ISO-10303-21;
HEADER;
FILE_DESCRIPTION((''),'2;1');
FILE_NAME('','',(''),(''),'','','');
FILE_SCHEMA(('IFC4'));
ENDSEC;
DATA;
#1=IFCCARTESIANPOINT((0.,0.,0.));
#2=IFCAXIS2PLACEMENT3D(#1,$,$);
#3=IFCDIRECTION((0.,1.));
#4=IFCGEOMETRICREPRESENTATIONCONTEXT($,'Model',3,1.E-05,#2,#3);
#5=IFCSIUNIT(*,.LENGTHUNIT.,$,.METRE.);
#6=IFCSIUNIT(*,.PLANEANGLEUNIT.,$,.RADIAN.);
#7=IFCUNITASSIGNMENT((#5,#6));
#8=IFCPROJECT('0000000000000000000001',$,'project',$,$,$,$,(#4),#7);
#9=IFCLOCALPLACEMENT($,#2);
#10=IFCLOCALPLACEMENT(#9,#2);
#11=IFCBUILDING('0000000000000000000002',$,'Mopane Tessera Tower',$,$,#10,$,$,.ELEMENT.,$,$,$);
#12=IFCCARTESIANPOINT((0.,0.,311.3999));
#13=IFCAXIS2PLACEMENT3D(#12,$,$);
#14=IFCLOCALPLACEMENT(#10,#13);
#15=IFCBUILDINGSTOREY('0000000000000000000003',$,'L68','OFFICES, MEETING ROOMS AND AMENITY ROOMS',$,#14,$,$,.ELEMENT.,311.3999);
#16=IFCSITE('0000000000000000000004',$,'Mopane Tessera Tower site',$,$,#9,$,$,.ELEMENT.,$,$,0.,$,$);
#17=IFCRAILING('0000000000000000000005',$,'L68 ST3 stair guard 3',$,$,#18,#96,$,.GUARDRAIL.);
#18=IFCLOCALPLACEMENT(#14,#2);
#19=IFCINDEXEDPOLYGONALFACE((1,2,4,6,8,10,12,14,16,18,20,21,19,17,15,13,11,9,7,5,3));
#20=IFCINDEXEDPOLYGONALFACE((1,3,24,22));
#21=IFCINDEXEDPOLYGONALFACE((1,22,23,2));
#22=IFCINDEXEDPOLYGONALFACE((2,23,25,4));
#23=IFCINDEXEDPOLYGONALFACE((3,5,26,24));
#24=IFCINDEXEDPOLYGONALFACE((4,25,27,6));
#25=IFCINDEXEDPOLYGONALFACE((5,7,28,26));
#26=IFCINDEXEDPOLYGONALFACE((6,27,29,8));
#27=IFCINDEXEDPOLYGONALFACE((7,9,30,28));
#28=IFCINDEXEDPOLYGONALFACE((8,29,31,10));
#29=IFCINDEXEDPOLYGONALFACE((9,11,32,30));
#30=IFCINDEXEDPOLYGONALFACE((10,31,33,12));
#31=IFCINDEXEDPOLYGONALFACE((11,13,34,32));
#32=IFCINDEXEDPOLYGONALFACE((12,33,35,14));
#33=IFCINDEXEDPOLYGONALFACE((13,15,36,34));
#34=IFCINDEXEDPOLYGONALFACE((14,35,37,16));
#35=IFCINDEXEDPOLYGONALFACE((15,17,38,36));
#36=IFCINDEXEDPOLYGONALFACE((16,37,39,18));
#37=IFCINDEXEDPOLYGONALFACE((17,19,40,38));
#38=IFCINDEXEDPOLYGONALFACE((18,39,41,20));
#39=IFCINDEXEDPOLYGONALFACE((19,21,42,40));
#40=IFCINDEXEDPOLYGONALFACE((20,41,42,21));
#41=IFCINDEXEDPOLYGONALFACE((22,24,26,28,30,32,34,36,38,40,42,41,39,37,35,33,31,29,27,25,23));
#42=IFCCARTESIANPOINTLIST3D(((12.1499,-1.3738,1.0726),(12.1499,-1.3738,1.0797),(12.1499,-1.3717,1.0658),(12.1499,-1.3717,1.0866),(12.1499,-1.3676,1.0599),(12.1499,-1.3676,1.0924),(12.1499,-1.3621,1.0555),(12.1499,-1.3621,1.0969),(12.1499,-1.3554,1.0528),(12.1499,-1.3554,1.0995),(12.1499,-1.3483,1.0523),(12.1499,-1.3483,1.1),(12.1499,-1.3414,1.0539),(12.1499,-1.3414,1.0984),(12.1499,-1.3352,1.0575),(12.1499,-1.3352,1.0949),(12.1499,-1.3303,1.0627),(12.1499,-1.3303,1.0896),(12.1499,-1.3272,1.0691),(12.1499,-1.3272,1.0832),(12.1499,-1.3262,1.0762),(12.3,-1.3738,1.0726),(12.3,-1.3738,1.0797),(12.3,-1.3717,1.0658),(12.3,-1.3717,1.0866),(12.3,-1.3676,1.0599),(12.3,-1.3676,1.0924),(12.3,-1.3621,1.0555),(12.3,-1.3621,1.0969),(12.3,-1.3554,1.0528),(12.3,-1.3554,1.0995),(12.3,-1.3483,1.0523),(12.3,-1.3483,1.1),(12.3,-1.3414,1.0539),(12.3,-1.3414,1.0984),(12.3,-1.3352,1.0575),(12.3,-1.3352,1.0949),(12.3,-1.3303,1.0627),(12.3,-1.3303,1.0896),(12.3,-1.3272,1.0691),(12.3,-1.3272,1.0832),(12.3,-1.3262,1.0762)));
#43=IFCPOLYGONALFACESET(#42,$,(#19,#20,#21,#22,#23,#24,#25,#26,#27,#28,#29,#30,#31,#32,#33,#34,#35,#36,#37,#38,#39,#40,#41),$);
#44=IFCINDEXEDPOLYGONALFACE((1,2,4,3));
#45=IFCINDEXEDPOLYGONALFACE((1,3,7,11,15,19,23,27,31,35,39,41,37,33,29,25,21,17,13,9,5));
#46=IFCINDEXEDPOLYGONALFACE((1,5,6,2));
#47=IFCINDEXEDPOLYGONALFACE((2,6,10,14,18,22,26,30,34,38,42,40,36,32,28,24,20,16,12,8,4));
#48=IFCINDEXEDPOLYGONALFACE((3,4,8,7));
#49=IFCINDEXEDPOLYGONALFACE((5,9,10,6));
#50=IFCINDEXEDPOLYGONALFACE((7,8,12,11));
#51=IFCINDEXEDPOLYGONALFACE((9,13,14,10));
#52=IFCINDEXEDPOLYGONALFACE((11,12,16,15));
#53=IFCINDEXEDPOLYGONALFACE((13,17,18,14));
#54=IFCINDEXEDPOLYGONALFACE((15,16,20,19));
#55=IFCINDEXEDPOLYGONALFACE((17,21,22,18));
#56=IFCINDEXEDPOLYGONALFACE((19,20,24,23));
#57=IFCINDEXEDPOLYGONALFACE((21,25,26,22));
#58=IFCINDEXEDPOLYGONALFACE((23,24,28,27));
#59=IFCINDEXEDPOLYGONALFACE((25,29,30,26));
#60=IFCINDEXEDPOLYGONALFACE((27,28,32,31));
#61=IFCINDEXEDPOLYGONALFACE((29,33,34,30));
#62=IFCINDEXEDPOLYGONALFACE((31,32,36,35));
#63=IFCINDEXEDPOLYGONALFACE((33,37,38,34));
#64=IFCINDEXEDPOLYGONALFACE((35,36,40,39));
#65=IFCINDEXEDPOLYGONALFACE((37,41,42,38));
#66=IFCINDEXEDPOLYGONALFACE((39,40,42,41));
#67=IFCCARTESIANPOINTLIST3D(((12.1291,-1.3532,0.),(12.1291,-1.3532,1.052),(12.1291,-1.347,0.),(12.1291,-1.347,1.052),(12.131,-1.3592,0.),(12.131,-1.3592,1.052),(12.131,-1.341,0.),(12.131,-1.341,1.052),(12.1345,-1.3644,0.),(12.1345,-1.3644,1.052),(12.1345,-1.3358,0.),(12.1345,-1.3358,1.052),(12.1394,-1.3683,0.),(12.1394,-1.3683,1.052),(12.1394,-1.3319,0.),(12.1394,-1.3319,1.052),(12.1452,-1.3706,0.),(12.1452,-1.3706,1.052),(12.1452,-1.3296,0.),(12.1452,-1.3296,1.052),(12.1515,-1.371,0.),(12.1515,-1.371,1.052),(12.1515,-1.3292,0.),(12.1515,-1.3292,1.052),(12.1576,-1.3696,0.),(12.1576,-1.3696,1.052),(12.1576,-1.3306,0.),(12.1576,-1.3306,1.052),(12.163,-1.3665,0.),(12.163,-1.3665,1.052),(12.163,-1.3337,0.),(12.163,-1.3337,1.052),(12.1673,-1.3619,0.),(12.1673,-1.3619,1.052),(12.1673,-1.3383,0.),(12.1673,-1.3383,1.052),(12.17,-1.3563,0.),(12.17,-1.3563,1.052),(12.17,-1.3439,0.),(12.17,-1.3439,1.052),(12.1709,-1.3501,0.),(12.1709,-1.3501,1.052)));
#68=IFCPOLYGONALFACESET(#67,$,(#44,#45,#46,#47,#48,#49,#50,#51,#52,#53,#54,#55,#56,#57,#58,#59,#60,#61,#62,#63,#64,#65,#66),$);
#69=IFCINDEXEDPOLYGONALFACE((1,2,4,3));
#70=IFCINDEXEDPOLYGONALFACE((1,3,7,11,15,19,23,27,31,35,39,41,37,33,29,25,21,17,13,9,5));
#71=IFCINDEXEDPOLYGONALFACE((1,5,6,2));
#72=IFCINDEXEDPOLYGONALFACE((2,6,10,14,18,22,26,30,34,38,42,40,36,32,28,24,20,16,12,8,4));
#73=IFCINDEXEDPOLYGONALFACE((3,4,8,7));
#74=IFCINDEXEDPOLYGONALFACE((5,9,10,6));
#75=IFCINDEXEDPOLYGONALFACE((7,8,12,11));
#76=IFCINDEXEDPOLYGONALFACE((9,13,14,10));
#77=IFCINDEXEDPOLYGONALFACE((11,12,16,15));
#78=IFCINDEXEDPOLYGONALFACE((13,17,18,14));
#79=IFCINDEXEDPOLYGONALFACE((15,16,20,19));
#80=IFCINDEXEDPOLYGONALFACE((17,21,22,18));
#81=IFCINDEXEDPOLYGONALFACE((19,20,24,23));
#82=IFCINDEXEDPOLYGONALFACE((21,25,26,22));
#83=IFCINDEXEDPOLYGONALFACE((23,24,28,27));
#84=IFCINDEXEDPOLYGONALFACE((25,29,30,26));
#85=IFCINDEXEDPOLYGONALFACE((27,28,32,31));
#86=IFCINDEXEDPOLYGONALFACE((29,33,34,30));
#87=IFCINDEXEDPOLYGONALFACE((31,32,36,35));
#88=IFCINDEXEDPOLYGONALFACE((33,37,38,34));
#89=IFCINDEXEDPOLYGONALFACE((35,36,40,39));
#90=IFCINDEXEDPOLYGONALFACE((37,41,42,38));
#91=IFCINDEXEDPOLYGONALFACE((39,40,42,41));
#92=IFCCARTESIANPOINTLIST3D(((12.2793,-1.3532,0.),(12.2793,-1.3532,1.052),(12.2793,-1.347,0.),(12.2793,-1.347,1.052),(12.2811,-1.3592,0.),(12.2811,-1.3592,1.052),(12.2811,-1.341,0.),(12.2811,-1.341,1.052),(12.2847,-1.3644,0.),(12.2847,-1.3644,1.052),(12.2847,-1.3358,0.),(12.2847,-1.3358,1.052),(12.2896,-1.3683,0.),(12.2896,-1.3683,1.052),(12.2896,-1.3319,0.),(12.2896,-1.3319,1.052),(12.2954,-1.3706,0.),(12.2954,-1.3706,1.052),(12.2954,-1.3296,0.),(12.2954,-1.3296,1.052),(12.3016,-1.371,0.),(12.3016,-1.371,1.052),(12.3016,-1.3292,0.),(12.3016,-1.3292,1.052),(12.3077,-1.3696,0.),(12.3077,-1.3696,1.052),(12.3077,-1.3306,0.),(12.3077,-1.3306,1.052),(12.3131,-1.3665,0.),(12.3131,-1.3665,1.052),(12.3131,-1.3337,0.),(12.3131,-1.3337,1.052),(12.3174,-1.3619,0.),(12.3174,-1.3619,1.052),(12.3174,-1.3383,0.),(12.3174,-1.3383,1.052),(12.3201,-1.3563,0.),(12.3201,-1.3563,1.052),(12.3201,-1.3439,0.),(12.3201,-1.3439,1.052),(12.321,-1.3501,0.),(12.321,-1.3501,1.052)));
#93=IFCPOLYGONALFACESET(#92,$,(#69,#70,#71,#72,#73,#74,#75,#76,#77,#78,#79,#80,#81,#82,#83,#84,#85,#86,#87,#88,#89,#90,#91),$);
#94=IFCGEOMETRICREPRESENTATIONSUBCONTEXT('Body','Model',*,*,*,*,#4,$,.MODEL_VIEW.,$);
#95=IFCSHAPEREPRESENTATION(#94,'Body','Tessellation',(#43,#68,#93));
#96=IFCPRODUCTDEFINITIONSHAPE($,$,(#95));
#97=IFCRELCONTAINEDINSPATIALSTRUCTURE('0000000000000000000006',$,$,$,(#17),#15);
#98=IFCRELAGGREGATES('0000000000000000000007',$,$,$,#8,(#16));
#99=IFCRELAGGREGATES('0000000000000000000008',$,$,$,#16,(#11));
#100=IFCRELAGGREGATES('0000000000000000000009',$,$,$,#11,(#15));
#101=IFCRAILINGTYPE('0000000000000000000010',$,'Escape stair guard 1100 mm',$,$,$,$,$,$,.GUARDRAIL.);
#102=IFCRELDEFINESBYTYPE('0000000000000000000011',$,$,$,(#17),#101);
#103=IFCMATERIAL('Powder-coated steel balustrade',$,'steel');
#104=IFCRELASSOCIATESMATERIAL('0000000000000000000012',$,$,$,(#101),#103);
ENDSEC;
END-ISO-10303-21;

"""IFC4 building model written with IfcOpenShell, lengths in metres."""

from ifc_helpers import new_model, si_unit, direction, frame, origin, origin_2d, place, context, subcontext, project, spatial, circle, extrude, material, type_object, element, save


model = new_model("IFC4")

# Units and contexts
model_context = context("Model", 3, precision=1e-05, world=origin(), true_north=direction((0.0, 1.0)))
body_context = subcontext(model_context, "Body", "Model", "MODEL_VIEW")
ifc_project = project(units=[si_unit("LENGTHUNIT", "METRE"), si_unit("PLANEANGLEUNIT", "RADIAN")], contexts=[model_context])

# Site, building, storey
site_placement = place(None, origin())
site = spatial("IfcSite", under=ifc_project, at=site_placement, Name="Mopane Tessera Tower site", CompositionType="ELEMENT", RefElevation=0.0)
building_placement = place(site_placement, origin())
building = spatial("IfcBuilding", under=site, at=building_placement, Name="Mopane Tessera Tower", CompositionType="ELEMENT")
storey_placement = place(building_placement, frame((0.0, 0.0, 311.3999)))
storey = spatial("IfcBuildingStorey", under=building, at=storey_placement, Name="L68", Description="OFFICES, MEETING ROOMS AND AMENITY ROOMS", CompositionType="ELEMENT", Elevation=311.3999)

# Railing
ifc_material_1 = material(Name="Powder-coated steel balustrade", Category="steel")
railing_type_1 = type_object("IfcRailingType", Name="Escape stair guard 1100 mm", PredefinedType="GUARDRAIL", material=ifc_material_1)
railing_1_placement = place(storey_placement, frame((12.1499, -1.3501, 0.0)))
element("IfcRailing", 1, at=railing_1_placement, inside=storey, type_object=railing_type_1, Name="L68 ST3 stair guard 3", PredefinedType="GUARDRAIL", context=body_context, shape_type="SweptSolid", body=[
    extrude(circle(Radius=0.0239, at=origin_2d()), frame((0.0, 0.0, 1.0762), z_axis=(1.0, 0.0, 0.0), x_axis=(0.0, 1.0, 0.0)), (0.0, 0.0, 1.0), 0.1501),
    extrude(circle(Radius=0.021, at=origin_2d()), origin(), (0.0, 0.0, 1.0), 1.052),
    extrude(circle(Radius=0.021, at=origin_2d()), frame((0.1501, 0.0, 0.0)), (0.0, 0.0, 1.0), 1.052),
])

save(model, "model.ifc")
